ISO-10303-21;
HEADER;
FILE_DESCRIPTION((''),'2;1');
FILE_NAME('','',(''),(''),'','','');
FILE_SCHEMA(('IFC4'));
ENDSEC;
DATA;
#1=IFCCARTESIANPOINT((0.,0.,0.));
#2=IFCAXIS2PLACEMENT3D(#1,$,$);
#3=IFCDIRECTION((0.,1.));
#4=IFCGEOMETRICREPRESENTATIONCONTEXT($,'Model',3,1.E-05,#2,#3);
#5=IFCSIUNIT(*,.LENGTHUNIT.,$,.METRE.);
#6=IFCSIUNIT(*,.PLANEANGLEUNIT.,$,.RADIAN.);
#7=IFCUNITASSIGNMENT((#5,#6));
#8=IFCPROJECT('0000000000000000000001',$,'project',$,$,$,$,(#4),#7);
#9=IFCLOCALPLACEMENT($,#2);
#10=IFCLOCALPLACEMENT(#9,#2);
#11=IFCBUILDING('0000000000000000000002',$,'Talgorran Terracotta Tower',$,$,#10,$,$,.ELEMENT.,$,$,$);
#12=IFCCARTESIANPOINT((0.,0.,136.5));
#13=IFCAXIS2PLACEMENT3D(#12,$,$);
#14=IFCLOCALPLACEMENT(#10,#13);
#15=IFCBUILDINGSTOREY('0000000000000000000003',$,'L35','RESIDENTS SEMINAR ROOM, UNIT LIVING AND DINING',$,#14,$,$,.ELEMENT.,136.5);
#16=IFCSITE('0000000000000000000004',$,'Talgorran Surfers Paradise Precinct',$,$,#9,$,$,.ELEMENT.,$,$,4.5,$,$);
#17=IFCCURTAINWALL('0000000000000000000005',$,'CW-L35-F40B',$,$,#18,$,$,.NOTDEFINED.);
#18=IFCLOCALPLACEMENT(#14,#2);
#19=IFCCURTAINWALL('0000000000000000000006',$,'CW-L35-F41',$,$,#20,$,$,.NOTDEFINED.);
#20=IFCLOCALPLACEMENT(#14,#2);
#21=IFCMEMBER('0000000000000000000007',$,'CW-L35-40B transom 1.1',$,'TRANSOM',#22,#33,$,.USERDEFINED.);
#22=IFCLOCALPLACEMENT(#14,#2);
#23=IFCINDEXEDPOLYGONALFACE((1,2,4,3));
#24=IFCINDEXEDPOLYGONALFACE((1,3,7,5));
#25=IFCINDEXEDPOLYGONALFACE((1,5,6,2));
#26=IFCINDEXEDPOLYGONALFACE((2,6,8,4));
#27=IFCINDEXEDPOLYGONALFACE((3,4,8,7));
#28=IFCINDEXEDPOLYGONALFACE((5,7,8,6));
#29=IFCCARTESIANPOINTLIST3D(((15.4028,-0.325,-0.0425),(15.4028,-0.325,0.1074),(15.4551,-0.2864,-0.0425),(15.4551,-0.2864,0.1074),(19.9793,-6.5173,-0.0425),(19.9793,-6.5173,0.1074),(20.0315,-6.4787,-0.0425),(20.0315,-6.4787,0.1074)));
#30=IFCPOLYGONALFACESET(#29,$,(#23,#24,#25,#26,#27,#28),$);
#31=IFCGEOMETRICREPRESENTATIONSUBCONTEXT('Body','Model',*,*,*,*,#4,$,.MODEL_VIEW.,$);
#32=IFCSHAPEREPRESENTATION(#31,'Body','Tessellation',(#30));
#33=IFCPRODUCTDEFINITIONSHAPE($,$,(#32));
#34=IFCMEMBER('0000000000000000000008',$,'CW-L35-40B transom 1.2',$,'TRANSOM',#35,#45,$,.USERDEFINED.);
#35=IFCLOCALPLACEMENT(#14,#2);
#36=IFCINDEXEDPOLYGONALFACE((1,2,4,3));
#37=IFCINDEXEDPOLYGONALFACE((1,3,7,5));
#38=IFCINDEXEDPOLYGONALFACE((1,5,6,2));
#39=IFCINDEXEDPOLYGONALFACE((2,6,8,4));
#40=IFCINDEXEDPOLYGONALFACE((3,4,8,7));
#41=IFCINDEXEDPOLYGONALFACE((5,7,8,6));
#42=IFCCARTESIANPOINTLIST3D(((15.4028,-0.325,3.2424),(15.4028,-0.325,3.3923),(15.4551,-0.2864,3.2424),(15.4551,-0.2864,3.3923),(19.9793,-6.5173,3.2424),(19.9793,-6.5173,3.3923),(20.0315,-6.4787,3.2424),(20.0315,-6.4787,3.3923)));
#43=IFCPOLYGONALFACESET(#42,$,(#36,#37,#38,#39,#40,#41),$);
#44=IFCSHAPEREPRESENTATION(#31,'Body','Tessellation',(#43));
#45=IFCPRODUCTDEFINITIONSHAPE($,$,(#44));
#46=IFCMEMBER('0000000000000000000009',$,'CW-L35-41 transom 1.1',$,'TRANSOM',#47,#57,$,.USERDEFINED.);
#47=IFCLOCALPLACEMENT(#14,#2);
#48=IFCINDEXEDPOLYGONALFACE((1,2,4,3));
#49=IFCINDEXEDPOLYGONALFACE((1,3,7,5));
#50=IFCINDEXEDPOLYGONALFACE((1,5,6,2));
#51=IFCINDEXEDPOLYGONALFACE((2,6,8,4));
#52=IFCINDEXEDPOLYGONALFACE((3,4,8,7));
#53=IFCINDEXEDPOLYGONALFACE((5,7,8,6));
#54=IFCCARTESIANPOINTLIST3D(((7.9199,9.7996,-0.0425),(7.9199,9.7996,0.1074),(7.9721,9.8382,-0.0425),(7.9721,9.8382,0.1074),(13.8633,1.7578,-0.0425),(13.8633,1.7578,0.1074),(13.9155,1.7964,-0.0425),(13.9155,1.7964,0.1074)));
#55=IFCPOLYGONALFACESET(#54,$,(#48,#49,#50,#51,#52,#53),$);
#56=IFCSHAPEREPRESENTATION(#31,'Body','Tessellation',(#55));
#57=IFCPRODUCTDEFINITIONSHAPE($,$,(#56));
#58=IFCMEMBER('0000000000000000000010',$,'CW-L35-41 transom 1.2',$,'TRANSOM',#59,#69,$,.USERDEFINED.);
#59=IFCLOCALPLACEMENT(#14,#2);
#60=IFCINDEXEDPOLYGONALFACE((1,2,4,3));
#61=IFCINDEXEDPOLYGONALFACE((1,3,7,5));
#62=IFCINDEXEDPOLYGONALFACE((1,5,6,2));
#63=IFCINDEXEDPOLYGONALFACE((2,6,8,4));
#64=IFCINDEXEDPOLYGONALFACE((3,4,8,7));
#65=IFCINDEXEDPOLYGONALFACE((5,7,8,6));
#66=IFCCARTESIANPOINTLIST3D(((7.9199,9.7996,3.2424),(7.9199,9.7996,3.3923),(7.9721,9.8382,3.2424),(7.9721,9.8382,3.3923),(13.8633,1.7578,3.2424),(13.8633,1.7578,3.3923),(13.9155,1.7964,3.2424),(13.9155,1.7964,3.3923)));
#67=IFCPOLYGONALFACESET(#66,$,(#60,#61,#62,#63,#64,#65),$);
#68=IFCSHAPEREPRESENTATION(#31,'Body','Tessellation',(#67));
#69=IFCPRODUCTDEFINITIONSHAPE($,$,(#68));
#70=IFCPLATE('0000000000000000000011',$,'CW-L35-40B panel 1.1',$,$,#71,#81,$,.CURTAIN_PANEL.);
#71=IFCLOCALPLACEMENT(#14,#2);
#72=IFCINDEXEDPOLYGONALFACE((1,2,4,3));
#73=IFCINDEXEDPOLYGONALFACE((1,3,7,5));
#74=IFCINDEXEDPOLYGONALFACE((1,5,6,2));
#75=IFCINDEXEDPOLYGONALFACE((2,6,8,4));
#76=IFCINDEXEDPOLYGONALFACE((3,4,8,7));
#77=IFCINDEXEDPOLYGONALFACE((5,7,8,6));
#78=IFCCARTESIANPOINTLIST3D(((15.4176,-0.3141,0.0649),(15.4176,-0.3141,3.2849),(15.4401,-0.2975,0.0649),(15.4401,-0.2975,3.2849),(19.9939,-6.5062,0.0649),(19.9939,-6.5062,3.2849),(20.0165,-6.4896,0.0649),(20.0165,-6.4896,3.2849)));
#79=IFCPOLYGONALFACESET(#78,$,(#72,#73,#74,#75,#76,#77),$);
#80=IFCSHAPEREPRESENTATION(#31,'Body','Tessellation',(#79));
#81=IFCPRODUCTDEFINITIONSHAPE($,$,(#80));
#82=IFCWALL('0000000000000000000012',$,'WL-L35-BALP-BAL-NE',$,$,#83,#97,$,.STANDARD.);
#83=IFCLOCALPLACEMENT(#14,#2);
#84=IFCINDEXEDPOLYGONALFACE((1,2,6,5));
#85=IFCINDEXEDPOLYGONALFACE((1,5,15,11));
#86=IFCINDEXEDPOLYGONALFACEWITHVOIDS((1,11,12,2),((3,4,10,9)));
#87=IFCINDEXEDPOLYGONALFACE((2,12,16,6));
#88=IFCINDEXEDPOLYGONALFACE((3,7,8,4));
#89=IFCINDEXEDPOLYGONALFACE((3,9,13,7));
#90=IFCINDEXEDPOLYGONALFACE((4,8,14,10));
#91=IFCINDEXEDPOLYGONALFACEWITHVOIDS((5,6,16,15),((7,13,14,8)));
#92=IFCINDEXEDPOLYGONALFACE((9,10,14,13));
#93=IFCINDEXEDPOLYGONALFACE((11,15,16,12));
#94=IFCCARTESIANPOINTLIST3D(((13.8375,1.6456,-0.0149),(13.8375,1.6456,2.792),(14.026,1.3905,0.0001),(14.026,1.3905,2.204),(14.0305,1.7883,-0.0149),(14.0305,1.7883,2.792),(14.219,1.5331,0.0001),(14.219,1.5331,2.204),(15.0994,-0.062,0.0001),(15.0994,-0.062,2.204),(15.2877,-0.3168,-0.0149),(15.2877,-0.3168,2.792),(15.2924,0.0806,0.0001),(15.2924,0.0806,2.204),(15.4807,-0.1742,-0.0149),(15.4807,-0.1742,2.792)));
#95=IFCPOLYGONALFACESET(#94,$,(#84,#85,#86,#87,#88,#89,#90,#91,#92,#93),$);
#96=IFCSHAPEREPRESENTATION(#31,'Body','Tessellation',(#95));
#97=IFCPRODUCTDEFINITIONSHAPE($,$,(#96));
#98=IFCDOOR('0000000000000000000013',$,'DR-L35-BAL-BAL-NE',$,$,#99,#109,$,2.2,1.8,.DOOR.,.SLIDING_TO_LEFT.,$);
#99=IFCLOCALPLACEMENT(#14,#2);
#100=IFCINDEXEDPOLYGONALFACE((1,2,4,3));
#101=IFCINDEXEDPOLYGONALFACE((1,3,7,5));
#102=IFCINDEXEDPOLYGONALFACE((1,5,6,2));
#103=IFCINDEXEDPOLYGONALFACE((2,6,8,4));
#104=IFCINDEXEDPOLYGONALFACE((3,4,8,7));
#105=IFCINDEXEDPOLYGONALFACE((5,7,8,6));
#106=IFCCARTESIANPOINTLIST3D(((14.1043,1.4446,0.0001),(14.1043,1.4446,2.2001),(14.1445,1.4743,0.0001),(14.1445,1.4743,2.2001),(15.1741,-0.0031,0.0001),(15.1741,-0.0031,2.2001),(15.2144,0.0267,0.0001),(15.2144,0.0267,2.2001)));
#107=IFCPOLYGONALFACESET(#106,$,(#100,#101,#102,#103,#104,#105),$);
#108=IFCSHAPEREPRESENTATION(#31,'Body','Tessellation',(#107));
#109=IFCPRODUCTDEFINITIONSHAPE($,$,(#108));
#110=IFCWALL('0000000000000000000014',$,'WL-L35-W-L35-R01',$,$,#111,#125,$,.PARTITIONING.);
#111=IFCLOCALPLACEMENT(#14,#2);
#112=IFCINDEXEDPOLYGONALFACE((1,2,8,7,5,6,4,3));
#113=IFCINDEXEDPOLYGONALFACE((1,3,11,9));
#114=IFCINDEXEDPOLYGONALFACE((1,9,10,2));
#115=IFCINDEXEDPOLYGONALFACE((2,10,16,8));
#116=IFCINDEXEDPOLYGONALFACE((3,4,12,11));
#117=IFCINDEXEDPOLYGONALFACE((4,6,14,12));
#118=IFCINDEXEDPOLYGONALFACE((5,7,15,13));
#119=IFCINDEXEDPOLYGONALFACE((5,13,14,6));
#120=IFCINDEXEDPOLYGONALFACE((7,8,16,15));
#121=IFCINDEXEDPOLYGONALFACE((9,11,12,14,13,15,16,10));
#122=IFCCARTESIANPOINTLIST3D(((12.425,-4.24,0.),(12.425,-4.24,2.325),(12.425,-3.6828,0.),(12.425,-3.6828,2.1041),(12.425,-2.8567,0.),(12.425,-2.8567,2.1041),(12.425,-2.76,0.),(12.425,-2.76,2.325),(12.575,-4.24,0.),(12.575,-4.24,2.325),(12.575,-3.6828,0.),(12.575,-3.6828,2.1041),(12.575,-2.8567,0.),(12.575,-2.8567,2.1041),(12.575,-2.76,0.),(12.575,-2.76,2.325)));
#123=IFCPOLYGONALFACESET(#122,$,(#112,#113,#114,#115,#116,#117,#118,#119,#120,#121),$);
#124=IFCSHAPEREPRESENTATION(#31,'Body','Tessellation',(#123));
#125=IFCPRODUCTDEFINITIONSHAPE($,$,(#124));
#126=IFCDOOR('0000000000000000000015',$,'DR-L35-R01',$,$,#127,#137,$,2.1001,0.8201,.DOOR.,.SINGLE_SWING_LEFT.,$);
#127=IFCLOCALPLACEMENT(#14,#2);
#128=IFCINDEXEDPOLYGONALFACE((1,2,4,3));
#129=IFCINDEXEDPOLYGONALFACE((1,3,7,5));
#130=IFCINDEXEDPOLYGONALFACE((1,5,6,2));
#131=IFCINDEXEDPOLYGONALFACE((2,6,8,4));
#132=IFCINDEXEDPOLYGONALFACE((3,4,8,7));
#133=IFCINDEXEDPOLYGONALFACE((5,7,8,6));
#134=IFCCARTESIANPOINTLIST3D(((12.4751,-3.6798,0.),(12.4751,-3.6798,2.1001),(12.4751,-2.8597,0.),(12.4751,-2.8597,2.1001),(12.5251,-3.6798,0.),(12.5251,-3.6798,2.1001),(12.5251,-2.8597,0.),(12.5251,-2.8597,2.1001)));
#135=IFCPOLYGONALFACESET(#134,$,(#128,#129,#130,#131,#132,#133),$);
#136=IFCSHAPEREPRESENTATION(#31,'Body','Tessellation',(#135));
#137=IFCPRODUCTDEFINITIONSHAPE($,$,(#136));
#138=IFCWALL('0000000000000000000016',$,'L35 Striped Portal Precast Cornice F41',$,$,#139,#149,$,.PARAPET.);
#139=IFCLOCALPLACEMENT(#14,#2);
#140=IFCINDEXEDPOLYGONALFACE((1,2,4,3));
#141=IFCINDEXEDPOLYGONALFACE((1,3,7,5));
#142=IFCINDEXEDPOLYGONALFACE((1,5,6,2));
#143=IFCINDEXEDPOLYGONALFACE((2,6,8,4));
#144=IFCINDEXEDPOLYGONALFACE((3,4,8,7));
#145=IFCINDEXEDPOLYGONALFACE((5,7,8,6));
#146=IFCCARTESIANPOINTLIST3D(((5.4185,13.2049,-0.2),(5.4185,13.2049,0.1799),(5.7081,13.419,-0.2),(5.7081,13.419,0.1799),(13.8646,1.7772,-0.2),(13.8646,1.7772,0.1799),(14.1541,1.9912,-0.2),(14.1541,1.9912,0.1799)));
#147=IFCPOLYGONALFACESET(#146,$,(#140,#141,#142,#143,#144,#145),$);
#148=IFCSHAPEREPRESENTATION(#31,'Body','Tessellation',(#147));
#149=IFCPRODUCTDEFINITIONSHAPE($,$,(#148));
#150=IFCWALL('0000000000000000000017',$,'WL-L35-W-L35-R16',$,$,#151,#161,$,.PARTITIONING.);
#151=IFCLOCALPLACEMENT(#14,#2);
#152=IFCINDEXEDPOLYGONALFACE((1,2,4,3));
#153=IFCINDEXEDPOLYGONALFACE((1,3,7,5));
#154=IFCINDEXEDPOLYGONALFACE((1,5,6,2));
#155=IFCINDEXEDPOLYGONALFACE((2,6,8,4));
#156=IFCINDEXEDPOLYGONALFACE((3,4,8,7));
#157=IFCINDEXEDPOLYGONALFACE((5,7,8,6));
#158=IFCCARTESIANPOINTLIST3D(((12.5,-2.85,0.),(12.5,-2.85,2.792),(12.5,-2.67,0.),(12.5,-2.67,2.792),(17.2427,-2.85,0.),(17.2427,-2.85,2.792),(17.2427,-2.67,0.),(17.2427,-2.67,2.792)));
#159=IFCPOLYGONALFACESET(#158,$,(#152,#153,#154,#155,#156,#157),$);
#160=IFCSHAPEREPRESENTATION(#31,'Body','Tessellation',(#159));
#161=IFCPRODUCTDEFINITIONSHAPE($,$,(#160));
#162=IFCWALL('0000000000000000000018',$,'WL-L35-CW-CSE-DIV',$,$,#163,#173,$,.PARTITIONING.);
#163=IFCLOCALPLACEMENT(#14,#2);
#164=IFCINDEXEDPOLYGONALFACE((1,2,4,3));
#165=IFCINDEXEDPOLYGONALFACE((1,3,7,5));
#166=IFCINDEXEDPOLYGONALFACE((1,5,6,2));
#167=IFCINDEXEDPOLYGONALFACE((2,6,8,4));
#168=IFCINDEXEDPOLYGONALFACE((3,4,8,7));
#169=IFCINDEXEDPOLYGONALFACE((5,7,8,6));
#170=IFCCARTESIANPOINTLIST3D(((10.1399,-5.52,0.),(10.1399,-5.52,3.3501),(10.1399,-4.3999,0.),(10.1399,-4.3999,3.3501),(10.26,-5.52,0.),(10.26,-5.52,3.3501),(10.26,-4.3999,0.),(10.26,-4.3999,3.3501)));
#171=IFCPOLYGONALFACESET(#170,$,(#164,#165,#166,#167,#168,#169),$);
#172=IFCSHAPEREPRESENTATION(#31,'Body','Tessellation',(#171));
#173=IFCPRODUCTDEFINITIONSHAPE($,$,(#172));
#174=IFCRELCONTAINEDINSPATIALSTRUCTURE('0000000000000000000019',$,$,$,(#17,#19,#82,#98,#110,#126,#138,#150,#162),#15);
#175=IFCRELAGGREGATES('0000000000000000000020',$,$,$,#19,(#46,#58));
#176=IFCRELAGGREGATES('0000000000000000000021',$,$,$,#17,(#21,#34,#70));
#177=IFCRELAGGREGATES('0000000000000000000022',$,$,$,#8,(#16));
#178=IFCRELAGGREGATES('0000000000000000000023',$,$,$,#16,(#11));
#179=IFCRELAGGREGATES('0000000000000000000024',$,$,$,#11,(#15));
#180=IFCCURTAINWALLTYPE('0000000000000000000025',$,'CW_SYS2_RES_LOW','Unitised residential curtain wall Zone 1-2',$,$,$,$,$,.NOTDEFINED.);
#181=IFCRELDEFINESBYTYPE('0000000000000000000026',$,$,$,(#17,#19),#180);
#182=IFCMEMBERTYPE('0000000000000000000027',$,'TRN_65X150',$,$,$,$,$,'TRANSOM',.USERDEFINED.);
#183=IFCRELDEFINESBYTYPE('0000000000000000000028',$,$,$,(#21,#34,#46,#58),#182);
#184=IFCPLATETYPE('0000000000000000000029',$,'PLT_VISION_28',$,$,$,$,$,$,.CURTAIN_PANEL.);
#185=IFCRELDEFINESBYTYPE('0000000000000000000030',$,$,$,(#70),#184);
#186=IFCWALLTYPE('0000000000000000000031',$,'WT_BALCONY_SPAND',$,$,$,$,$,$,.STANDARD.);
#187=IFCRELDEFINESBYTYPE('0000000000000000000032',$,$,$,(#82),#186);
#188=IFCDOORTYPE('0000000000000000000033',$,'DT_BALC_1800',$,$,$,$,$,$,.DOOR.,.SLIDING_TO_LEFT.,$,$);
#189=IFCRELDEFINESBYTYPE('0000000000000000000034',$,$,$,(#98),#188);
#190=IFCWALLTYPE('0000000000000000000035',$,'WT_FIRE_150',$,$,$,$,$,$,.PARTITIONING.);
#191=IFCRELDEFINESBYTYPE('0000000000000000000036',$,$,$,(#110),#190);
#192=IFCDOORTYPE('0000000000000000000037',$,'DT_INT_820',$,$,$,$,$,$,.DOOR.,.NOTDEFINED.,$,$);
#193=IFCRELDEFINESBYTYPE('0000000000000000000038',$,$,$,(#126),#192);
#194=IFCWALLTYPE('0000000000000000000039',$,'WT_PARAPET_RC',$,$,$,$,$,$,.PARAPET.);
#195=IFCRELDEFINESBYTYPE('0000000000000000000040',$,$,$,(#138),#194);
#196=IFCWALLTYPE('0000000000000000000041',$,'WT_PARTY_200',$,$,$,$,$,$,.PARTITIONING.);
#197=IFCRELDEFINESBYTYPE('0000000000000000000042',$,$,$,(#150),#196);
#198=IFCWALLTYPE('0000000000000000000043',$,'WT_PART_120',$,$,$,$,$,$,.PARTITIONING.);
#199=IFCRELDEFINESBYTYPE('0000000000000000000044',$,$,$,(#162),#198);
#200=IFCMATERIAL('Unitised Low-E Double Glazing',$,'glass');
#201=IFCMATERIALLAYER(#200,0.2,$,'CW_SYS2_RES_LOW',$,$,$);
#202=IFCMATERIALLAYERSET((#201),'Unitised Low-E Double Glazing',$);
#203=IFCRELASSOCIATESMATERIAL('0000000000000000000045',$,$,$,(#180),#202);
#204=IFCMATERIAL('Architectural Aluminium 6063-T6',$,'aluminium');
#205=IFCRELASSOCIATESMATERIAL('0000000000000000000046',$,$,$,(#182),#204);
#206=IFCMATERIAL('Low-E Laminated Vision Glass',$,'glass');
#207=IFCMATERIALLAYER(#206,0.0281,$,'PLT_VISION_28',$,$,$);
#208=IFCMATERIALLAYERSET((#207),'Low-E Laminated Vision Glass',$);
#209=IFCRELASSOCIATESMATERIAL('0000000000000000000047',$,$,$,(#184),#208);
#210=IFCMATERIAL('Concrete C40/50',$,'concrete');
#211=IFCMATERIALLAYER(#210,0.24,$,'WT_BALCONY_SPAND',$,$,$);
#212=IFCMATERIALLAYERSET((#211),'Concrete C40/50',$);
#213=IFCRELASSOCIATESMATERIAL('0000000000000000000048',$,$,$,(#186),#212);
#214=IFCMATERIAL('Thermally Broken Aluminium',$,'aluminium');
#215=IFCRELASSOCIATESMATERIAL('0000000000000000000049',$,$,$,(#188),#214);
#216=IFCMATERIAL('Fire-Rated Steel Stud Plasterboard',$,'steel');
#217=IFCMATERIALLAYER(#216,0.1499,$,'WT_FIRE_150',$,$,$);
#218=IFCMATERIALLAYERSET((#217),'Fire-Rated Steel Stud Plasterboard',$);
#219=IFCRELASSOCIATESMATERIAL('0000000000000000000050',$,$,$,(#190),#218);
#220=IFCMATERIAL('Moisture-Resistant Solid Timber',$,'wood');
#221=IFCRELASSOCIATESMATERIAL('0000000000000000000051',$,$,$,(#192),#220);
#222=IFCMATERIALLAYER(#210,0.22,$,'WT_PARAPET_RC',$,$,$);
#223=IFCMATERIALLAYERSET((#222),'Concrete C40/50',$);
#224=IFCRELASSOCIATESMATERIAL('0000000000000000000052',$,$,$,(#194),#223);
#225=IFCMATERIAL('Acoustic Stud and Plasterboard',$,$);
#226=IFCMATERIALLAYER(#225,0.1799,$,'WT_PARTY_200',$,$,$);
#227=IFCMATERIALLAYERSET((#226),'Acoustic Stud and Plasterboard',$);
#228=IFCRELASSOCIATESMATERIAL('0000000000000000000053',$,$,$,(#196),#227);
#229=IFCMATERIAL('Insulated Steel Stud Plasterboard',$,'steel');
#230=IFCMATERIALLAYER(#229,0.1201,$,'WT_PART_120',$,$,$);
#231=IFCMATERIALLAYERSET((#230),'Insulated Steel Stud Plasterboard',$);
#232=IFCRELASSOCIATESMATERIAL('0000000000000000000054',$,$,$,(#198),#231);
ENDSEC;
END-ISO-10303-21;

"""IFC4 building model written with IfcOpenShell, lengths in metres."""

from ifc_helpers import new_model, si_unit, direction, frame, frame_2d, origin, origin_2d, place, context, subcontext, project, spatial, rectangle, extrude, source, transform, mapped, material, layer, layer_set, material_profile, profile_set, type_object, type_shapes, element, fill, aggregate, save


model = new_model("IFC4")

# Units and contexts
model_context = context("Model", 3, precision=1e-05, world=origin(), true_north=direction((0.0, 1.0)))
body_context = subcontext(model_context, "Body", "Model", "MODEL_VIEW")
ifc_project = project(units=[si_unit("LENGTHUNIT", "METRE"), si_unit("PLANEANGLEUNIT", "RADIAN")], contexts=[model_context])

# Site, building, storey
site_placement = place(None, origin())
site = spatial("IfcSite", under=ifc_project, at=site_placement, Name="Talgorran Surfers Paradise Precinct", CompositionType="ELEMENT", RefElevation=4.5)
building_placement = place(site_placement, origin())
building = spatial("IfcBuilding", under=site, at=building_placement, Name="Talgorran Terracotta Tower", CompositionType="ELEMENT")
storey_placement = place(building_placement, frame((0.0, 0.0, 136.5)))
storey = spatial("IfcBuildingStorey", under=building, at=storey_placement, Name="L35", Description="RESIDENTS SEMINAR ROOM, UNIT LIVING AND DINING", CompositionType="ELEMENT", Elevation=136.5)

# Curtain wall
ifc_material_1 = material(Name="Unitised Low-E Double Glazing", Category="glass")
ifc_layer_1 = layer(ifc_material_1, 0.2, Name="CW_SYS2_RES_LOW")
ifc_layer_set_1 = layer_set([ifc_layer_1], Name="Unitised Low-E Double Glazing")
curtain_wall_type = type_object("IfcCurtainWallType", Name="CW_SYS2_RES_LOW", Description="Unitised residential curtain wall Zone 1-2", PredefinedType="NOTDEFINED", material=ifc_layer_set_1)
curtain_wall_1_placement = place(storey_placement, origin())
curtain_wall_1 = element("IfcCurtainWall", 1, at=curtain_wall_1_placement, inside=storey, type_object=curtain_wall_type, Name="CW-L35-F40B", PredefinedType="NOTDEFINED")
ifc_material_2 = material(Name="Architectural Aluminium 6063-T6", Category="aluminium")

# Curtain wall
curtain_wall_2_placement = place(storey_placement, origin())
curtain_wall_2 = element("IfcCurtainWall", 2, at=curtain_wall_2_placement, inside=storey, type_object=curtain_wall_type, Name="CW-L35-F41", PredefinedType="NOTDEFINED")

# Members
ifc_material_profile_1 = material_profile(ifc_material_2, rectangle(XDim=0.0649, YDim=0.1499, at=origin_2d()), Name="CWT65X150")
ifc_profile_set_1 = profile_set([ifc_material_profile_1], Name="Architectural Aluminium 6063-T6")
member_type_1 = type_object("IfcMemberType", Name="TRN_65X150", ElementType="TRANSOM", PredefinedType="USERDEFINED", material=ifc_profile_set_1)
member_1_placement = place(storey_placement, frame((20.0054, -6.498, 0.0325), z_axis=(-0.594344, 0.804211, 0.0), x_axis=(-0.804211, -0.594344, 0.0)))
member_1 = element("IfcMember", 3, at=member_1_placement, type_object=member_type_1, Name="CW-L35-40B transom 1.1", ObjectType="TRANSOM", PredefinedType="USERDEFINED", context=body_context, shape_type="SweptSolid", body=[
    extrude(rectangle(XDim=0.0649, YDim=0.1499, at=origin_2d()), origin(), (0.0, 0.0, 1.0), 7.7),
])
member_2_placement = place(storey_placement, frame((20.0054, -6.498, 3.3174), z_axis=(-0.594344, 0.804211, 0.0), x_axis=(-0.804211, -0.594344, 0.0)))
member_2 = element("IfcMember", 4, at=member_2_placement, type_object=member_type_1, Name="CW-L35-40B transom 1.2", ObjectType="TRANSOM", PredefinedType="USERDEFINED", context=body_context, shape_type="SweptSolid", body=[
    extrude(rectangle(XDim=0.0649, YDim=0.1499, at=origin_2d()), origin(), (0.0, 0.0, 1.0), 7.7),
])
member_3_placement = place(storey_placement, frame((13.8894, 1.7771, 0.0325), z_axis=(-0.594356, 0.804202, 0.0), x_axis=(-0.804202, -0.594356, 0.0)))
member_3 = element("IfcMember", 5, at=member_3_placement, type_object=member_type_1, Name="CW-L35-41 transom 1.1", ObjectType="TRANSOM", PredefinedType="USERDEFINED", context=body_context, shape_type="SweptSolid", body=[
    extrude(rectangle(XDim=0.0649, YDim=0.1499, at=origin_2d()), origin(), (0.0, 0.0, 1.0), 9.9998),
])
member_4_placement = place(storey_placement, frame((13.8894, 1.7771, 3.3174), z_axis=(-0.594356, 0.804202, 0.0), x_axis=(-0.804202, -0.594356, 0.0)))
member_4 = element("IfcMember", 6, at=member_4_placement, type_object=member_type_1, Name="CW-L35-41 transom 1.2", ObjectType="TRANSOM", PredefinedType="USERDEFINED", context=body_context, shape_type="SweptSolid", body=[
    extrude(rectangle(XDim=0.0649, YDim=0.1499, at=origin_2d()), origin(), (0.0, 0.0, 1.0), 9.9998),
])
aggregate(curtain_wall_2, [member_3, member_4])

# Plate
ifc_material_3 = material(Name="Low-E Laminated Vision Glass", Category="glass")
ifc_layer_2 = layer(ifc_material_3, 0.0281, Name="PLT_VISION_28")
ifc_layer_set_2 = layer_set([ifc_layer_2], Name="Low-E Laminated Vision Glass")
plate_type = type_object("IfcPlateType", Name="PLT_VISION_28", PredefinedType="CURTAIN_PANEL", material=ifc_layer_set_2)
shared_shape = source(origin(), body_context, "Body", "SweptSolid", [
    extrude(rectangle(XDim=7.6997, YDim=0.0281, at=origin_2d()), origin(), (0.0, 0.0, 1.0), 3.22),
])
type_shapes(plate_type, [shared_shape])
plate_placement = place(storey_placement, frame((17.717, -3.4019, 0.0649), z_axis=(0.0, 0.0, 1.0), x_axis=(-0.594359, 0.804199, 0.0)))
plate = element("IfcPlate", 7, at=plate_placement, type_object=plate_type, Name="CW-L35-40B panel 1.1", PredefinedType="CURTAIN_PANEL", context=body_context, shape_type="MappedRepresentation", body=[
    mapped(shared_shape, transform((0.0, 0.0, 0.0), scale=1.0)),
])
aggregate(curtain_wall_1, [member_1, member_2, plate])

# Walls, openings, doors
ifc_material_4 = material(Name="Concrete C40/50", Category="concrete")
ifc_layer_3 = layer(ifc_material_4, 0.24, Name="WT_BALCONY_SPAND")
ifc_layer_set_3 = layer_set([ifc_layer_3], Name="Concrete C40/50")
wall_type_1 = type_object("IfcWallType", Name="WT_BALCONY_SPAND", PredefinedType="STANDARD", material=ifc_layer_set_3)
wall_1_placement = place(storey_placement, frame((15.3843, -0.2456, -0.0149), z_axis=(0.0, 0.0, 1.0), x_axis=(-0.594318, 0.80423, 0.0)))
wall_1 = element("IfcWall", 8, at=wall_1_placement, inside=storey, type_object=wall_type_1, Name="WL-L35-BALP-BAL-NE", PredefinedType="STANDARD", context=body_context, shape_type="SweptSolid", body=[
    extrude(rectangle(XDim=2.4402, YDim=0.24, at=frame_2d((1.2202, 0.0))), origin(), (0.0, 0.0, 1.0), 2.8069),
])
opening_1_placement = place(wall_1_placement, frame((0.3201, 0.0, 0.0149)))
opening_1 = element("IfcOpeningElement", 9, at=opening_1_placement, cuts=wall_1, PredefinedType="OPENING", context=body_context, shape_type="SweptSolid", body=[
    extrude(rectangle(XDim=1.806, YDim=2.204, at=frame_2d((0.8999, 1.1021))), frame((0.0, 0.1299, 0.0), z_axis=(0.0, -1.0, 0.0), x_axis=(1.0, 0.0, 0.0)), (0.0, 0.0, 1.0), 0.26),
])
ifc_material_5 = material(Name="Thermally Broken Aluminium", Category="aluminium")
door_type_1 = type_object("IfcDoorType", Name="DT_BALC_1800", OperationType="SLIDING_TO_LEFT", PredefinedType="DOOR", material=ifc_material_5)
door_1_placement = place(opening_1_placement, origin())
door_1 = element("IfcDoor", 10, at=door_1_placement, inside=storey, type_object=door_type_1, Name="DR-L35-BAL-BAL-NE", OperationType="SLIDING_TO_LEFT", OverallHeight=2.2, OverallWidth=1.8, PredefinedType="DOOR", context=body_context, shape_type="SweptSolid", body=[
    extrude(rectangle(XDim=1.8, YDim=2.2, at=frame_2d((0.8999, 1.1001))), frame((0.0, 0.0249, 0.0), z_axis=(0.0, -1.0, 0.0), x_axis=(1.0, 0.0, 0.0)), (0.0, 0.0, 1.0), 0.05),
])
fill(opening_1, door_1)
ifc_material_6 = material(Name="Fire-Rated Steel Stud Plasterboard", Category="steel")
ifc_layer_4 = layer(ifc_material_6, 0.1499, Name="WT_FIRE_150")
ifc_layer_set_4 = layer_set([ifc_layer_4], Name="Fire-Rated Steel Stud Plasterboard")
wall_type_2 = type_object("IfcWallType", Name="WT_FIRE_150", PredefinedType="PARTITIONING", material=ifc_layer_set_4)
wall_2_placement = place(storey_placement, frame((12.5, -4.24, 0.0), z_axis=(0.0, 0.0, 1.0), x_axis=(0.0, 1.0, 0.0)))
wall_2 = element("IfcWall", 11, at=wall_2_placement, inside=storey, type_object=wall_type_2, Name="WL-L35-W-L35-R01", PredefinedType="PARTITIONING", context=body_context, shape_type="SweptSolid", body=[
    extrude(rectangle(XDim=1.48, YDim=0.1499, at=frame_2d((0.74, 0.0))), origin(), (0.0, 0.0, 1.0), 2.325),
])
opening_2_placement = place(wall_2_placement, frame((0.5601, 0.0, 0.0)))
opening_2 = element("IfcOpeningElement", 12, at=opening_2_placement, cuts=wall_2, PredefinedType="OPENING", context=body_context, shape_type="SweptSolid", body=[
    extrude(rectangle(XDim=0.8261, YDim=2.1041, at=frame_2d((0.4102, 1.052))), frame((0.0, 0.085, 0.0), z_axis=(0.0, -1.0, 0.0), x_axis=(1.0, 0.0, 0.0)), (0.0, 0.0, 1.0), 0.1699),
])
ifc_material_7 = material(Name="Moisture-Resistant Solid Timber", Category="wood")
door_type_2 = type_object("IfcDoorType", Name="DT_INT_820", OperationType="NOTDEFINED", PredefinedType="DOOR", material=ifc_material_7)
door_2_placement = place(opening_2_placement, origin())
door_2 = element("IfcDoor", 13, at=door_2_placement, inside=storey, type_object=door_type_2, Name="DR-L35-R01", OperationType="SINGLE_SWING_LEFT", OverallHeight=2.1001, OverallWidth=0.8201, PredefinedType="DOOR", context=body_context, shape_type="SweptSolid", body=[
    extrude(rectangle(XDim=0.8201, YDim=2.1001, at=frame_2d((0.4102, 1.05))), frame((0.0, 0.0249, 0.0), z_axis=(0.0, -1.0, 0.0), x_axis=(1.0, 0.0, 0.0)), (0.0, 0.0, 1.0), 0.05),
])
fill(opening_2, door_2)

# Walls
ifc_layer_5 = layer(ifc_material_4, 0.22, Name="WT_PARAPET_RC")
ifc_layer_set_5 = layer_set([ifc_layer_5], Name="Concrete C40/50")
wall_type_3 = type_object("IfcWallType", Name="WT_PARAPET_RC", PredefinedType="PARAPET", material=ifc_layer_set_5)
wall_3_placement = place(storey_placement, frame((14.0093, 1.8843, -0.2), z_axis=(0.0, 0.0, 1.0), x_axis=(-0.594366, 0.804194, 0.0)))
element("IfcWall", 14, at=wall_3_placement, inside=storey, type_object=wall_type_3, Name="L35 Striped Portal Precast Cornice F41", PredefinedType="PARAPET", context=body_context, shape_type="SweptSolid", body=[
    extrude(rectangle(XDim=14.2102, YDim=0.3601, at=frame_2d((7.105, 0.0))), origin(), (0.0, 0.0, 1.0), 0.3799),
])
ifc_material_8 = material(Name="Acoustic Stud and Plasterboard")
ifc_layer_6 = layer(ifc_material_8, 0.1799, Name="WT_PARTY_200")
ifc_layer_set_6 = layer_set([ifc_layer_6], Name="Acoustic Stud and Plasterboard")
wall_type_4 = type_object("IfcWallType", Name="WT_PARTY_200", PredefinedType="PARTITIONING", material=ifc_layer_set_6)
wall_4_placement = place(storey_placement, frame((12.5, -2.76, 0.0), z_axis=(0.0, 0.0, 1.0), x_axis=(1.0, 0.0, 0.0)))
element("IfcWall", 15, at=wall_4_placement, inside=storey, type_object=wall_type_4, Name="WL-L35-W-L35-R16", PredefinedType="PARTITIONING", context=body_context, shape_type="SweptSolid", body=[
    extrude(rectangle(XDim=4.7427, YDim=0.1799, at=frame_2d((2.3713, 0.0))), origin(), (0.0, 0.0, 1.0), 2.792),
])
ifc_material_9 = material(Name="Insulated Steel Stud Plasterboard", Category="steel")
ifc_layer_7 = layer(ifc_material_9, 0.1201, Name="WT_PART_120")
ifc_layer_set_7 = layer_set([ifc_layer_7], Name="Insulated Steel Stud Plasterboard")
wall_type_5 = type_object("IfcWallType", Name="WT_PART_120", PredefinedType="PARTITIONING", material=ifc_layer_set_7)
wall_5_placement = place(storey_placement, frame((10.2, -5.52, 0.0), z_axis=(0.0, 0.0, 1.0), x_axis=(0.0, 1.0, 0.0)))
element("IfcWall", 16, at=wall_5_placement, inside=storey, type_object=wall_type_5, Name="WL-L35-CW-CSE-DIV", PredefinedType="PARTITIONING", context=body_context, shape_type="SweptSolid", body=[
    extrude(rectangle(XDim=1.1201, YDim=0.1201, at=frame_2d((0.5601, 0.0))), origin(), (0.0, 0.0, 1.0), 3.3501),
])

save(model, "model.ifc")
